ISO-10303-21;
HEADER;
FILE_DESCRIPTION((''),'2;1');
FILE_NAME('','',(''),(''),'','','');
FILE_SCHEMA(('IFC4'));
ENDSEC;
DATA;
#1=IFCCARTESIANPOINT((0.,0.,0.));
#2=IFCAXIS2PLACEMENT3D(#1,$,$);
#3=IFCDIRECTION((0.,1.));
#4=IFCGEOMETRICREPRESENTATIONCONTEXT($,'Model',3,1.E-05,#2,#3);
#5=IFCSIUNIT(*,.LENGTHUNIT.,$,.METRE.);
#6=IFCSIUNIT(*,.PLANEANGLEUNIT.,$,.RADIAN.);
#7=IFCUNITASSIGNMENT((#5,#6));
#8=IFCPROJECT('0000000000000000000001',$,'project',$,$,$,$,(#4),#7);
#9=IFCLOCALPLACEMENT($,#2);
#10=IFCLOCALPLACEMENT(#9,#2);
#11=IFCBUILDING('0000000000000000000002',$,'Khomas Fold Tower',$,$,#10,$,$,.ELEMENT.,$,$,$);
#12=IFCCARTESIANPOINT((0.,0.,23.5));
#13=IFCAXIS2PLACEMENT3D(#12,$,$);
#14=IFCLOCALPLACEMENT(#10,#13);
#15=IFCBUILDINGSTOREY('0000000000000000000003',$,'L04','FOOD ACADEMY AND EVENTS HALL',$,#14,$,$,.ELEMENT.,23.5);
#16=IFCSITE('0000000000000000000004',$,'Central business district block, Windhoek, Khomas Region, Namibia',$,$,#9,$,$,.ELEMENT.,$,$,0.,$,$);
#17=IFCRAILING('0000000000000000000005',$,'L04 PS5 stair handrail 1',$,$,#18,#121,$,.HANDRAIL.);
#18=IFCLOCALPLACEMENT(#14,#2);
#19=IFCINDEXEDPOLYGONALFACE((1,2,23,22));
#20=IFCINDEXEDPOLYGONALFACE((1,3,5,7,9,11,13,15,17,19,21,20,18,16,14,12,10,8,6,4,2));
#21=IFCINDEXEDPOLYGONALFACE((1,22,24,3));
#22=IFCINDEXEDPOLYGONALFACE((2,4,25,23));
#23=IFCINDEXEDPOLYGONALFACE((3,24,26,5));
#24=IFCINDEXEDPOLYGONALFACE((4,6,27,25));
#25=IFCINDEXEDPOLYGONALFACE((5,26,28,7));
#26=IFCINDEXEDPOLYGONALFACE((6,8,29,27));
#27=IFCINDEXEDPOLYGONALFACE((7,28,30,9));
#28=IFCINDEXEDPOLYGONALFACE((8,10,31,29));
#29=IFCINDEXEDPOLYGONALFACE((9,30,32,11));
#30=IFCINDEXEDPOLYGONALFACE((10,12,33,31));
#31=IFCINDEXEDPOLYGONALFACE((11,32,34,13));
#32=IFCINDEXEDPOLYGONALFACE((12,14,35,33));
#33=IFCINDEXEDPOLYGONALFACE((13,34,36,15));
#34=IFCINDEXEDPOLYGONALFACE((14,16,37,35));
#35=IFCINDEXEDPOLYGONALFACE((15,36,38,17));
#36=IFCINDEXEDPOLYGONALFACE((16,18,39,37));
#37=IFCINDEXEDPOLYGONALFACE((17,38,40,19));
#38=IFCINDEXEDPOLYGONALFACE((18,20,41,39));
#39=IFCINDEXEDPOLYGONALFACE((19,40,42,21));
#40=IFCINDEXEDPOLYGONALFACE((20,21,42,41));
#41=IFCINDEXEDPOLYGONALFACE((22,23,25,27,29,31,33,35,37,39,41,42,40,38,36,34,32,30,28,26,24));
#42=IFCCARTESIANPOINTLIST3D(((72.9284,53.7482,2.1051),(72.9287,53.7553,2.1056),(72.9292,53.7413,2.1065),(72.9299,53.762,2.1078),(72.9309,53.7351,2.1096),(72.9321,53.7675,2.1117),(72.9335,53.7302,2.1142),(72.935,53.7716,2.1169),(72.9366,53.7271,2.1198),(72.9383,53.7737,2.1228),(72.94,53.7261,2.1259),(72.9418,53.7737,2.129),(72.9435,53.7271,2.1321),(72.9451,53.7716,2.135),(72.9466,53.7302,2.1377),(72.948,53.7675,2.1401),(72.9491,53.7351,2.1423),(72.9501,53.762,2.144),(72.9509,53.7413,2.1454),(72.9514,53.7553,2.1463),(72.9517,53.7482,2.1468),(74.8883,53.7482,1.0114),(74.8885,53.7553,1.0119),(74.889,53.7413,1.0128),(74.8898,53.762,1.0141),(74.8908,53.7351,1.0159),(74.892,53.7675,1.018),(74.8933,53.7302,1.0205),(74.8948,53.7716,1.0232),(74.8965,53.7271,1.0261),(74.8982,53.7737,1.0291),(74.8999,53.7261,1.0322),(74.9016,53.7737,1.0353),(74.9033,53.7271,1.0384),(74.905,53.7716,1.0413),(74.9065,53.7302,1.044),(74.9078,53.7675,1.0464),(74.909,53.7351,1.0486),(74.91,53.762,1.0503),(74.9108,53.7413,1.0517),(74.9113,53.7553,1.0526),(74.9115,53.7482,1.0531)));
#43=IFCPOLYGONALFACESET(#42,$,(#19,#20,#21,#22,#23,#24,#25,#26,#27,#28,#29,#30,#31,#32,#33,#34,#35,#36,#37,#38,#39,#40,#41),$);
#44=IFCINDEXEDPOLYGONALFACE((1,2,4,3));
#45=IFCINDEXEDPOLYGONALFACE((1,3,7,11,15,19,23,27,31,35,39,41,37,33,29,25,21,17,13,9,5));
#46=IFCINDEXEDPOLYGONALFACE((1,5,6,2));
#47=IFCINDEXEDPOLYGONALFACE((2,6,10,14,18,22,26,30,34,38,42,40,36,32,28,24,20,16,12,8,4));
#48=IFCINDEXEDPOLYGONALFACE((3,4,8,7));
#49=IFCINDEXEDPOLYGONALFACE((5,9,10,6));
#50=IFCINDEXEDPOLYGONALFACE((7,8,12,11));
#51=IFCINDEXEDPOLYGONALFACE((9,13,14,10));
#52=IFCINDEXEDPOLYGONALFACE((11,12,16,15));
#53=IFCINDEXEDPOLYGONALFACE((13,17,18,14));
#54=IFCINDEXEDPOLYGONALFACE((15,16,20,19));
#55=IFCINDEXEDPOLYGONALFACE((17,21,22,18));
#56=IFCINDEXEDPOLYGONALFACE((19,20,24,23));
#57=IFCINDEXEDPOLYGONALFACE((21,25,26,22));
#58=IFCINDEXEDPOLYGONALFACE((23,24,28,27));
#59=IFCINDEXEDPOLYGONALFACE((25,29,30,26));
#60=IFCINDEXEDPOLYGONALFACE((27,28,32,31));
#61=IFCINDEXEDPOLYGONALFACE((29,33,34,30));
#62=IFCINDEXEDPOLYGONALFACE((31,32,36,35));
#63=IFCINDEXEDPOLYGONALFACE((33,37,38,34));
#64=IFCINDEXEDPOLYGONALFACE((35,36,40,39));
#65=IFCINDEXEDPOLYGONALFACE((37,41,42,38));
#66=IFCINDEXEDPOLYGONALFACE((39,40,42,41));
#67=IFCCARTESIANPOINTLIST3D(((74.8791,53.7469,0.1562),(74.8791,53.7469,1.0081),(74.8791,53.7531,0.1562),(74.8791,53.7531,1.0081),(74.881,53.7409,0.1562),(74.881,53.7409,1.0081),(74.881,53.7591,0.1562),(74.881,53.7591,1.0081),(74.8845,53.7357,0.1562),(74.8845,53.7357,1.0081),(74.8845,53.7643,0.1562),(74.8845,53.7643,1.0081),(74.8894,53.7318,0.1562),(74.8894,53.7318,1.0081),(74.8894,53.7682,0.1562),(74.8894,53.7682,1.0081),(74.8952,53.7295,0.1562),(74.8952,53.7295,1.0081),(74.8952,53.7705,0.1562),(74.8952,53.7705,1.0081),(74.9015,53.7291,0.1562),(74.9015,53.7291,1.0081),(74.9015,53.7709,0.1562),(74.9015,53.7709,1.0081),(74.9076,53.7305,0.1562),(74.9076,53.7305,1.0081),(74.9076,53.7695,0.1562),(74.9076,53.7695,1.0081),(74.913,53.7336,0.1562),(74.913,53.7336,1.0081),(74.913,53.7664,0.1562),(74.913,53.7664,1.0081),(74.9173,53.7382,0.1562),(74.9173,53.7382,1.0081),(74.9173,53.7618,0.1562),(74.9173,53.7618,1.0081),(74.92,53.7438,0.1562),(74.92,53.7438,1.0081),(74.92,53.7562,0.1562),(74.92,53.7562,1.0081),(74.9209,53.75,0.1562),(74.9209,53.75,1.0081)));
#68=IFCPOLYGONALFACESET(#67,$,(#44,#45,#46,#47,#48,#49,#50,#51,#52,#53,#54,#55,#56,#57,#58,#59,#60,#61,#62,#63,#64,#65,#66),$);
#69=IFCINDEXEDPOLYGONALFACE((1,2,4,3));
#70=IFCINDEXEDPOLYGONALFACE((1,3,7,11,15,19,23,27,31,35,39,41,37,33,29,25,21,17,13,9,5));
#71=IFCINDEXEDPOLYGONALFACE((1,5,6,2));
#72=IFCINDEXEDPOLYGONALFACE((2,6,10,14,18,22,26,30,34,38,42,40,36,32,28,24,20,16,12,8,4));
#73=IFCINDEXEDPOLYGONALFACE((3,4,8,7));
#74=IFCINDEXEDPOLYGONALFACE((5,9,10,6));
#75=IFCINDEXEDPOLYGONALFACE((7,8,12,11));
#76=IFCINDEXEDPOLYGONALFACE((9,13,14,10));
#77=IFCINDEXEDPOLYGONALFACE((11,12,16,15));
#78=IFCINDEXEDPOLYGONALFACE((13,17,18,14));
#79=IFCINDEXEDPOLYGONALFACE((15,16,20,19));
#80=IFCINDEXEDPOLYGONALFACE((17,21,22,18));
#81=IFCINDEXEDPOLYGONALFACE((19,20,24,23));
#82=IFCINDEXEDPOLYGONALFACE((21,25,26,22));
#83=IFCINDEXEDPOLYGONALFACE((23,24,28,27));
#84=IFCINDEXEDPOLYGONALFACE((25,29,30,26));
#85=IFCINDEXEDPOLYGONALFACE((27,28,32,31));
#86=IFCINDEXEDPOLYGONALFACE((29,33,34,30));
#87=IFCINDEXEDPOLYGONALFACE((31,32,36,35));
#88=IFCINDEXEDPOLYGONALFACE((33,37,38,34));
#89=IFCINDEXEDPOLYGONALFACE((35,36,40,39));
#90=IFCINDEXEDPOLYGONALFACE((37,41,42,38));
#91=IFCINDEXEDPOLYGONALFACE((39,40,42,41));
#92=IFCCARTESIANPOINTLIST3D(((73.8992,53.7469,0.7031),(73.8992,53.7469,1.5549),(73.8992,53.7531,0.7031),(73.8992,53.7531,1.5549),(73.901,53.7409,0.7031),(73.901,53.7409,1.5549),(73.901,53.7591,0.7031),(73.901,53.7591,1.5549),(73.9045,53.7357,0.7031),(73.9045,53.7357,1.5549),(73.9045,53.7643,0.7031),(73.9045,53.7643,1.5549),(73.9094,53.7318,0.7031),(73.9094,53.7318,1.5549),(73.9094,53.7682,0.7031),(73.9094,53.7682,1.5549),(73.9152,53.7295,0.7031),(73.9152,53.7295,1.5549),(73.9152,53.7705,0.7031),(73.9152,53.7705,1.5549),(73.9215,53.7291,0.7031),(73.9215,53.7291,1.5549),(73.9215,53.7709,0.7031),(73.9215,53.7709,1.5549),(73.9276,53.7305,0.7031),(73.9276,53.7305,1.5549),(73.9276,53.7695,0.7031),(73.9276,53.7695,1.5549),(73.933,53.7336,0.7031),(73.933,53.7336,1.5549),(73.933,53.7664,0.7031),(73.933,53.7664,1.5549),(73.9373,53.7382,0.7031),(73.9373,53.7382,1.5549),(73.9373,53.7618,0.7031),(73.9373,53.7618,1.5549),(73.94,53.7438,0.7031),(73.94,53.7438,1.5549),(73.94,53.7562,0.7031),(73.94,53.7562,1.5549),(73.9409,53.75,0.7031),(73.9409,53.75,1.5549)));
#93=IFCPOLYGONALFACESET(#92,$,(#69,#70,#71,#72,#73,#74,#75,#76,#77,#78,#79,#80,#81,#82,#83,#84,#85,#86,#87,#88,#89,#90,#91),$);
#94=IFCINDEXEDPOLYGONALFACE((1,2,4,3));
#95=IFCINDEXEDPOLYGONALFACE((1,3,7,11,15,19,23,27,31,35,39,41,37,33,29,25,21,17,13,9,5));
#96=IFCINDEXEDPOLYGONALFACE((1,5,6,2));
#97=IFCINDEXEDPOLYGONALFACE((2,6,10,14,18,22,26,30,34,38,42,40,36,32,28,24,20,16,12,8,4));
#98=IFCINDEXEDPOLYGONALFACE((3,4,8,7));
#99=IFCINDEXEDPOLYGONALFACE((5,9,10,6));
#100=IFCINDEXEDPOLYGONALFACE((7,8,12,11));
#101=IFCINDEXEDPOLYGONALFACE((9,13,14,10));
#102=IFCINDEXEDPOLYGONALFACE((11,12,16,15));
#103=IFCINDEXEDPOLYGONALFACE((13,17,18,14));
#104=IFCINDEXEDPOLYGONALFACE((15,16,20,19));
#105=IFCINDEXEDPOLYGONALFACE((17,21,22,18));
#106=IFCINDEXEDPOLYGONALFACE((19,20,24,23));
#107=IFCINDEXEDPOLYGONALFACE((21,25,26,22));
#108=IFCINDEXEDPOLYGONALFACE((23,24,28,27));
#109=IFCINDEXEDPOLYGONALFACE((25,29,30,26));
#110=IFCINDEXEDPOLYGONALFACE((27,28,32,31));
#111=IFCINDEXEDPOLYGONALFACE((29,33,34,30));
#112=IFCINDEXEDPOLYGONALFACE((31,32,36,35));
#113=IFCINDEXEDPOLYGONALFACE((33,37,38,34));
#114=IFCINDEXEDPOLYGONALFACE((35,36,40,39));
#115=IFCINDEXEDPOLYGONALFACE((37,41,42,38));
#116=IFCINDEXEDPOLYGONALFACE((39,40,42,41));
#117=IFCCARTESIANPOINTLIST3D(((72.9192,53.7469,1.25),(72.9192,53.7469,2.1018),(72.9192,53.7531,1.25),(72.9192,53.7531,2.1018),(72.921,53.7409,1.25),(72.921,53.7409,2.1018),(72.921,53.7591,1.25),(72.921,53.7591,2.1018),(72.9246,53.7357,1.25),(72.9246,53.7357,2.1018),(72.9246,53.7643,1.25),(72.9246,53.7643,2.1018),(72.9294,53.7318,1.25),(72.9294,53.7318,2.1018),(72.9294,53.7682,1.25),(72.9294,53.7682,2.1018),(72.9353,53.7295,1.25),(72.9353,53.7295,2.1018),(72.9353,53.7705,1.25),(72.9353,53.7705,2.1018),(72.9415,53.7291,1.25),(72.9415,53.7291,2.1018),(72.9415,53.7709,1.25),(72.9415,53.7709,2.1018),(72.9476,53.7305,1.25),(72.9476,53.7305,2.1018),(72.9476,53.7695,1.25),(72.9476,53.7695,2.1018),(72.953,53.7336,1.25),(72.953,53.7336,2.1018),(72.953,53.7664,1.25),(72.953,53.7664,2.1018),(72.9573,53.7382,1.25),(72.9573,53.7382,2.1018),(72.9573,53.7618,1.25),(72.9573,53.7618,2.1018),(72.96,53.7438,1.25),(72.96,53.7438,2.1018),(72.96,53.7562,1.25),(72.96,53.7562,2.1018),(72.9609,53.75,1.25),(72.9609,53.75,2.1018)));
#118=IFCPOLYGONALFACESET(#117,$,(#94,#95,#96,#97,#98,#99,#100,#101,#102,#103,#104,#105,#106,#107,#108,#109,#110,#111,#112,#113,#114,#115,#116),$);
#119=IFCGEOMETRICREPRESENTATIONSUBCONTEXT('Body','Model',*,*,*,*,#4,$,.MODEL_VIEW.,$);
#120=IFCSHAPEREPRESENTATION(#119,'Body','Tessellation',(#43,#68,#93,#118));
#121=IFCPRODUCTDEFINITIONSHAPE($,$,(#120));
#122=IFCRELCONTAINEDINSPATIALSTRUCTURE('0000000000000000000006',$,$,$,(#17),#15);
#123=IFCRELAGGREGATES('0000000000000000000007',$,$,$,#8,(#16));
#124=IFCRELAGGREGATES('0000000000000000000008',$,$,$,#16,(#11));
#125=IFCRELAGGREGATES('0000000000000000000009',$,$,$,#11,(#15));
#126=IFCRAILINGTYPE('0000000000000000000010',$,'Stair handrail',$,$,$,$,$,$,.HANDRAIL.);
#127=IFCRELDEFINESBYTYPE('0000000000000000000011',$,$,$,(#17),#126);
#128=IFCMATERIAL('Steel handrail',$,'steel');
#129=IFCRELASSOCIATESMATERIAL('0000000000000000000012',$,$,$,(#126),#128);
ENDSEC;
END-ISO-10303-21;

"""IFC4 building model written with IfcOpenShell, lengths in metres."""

from ifc_helpers import new_model, si_unit, direction, frame, origin, origin_2d, place, context, subcontext, project, spatial, circle, extrude, source, transform, mapped, material, type_object, element, save


model = new_model("IFC4")

# Units and contexts
model_context = context("Model", 3, precision=1e-05, world=origin(), true_north=direction((0.0, 1.0)))
body_context = subcontext(model_context, "Body", "Model", "MODEL_VIEW")
ifc_project = project(units=[si_unit("LENGTHUNIT", "METRE"), si_unit("PLANEANGLEUNIT", "RADIAN")], contexts=[model_context])

# Site, building, storey
site_placement = place(None, origin())
site = spatial("IfcSite", under=ifc_project, at=site_placement, Name="Central business district block, Windhoek, Khomas Region, Namibia", CompositionType="ELEMENT", RefElevation=0.0)
building_placement = place(site_placement, origin())
building = spatial("IfcBuilding", under=site, at=building_placement, Name="Khomas Fold Tower", CompositionType="ELEMENT")
storey_placement = place(building_placement, frame((0.0, 0.0, 23.5)))
storey = spatial("IfcBuildingStorey", under=building, at=storey_placement, Name="L04", Description="FOOD ACADEMY AND EVENTS HALL", CompositionType="ELEMENT", Elevation=23.5)

# Railing
ifc_material_1 = material(Name="Steel handrail", Category="steel")
railing_type_1 = type_object("IfcRailingType", Name="Stair handrail", PredefinedType="HANDRAIL", material=ifc_material_1)
shared_shape_1 = source(origin(), body_context, "Body", "SweptSolid", [
    extrude(circle(Radius=0.0239, at=origin_2d()), frame((0.0, 0.0, 0.876), z_axis=(-0.873232, 0.0, 0.487304), x_axis=(0.0, -1.0, 0.0)), (0.0, 0.0, 1.0), 2.2444),
    extrude(circle(Radius=0.021, at=origin_2d()), origin(), (0.0, 0.0, 1.0), 0.8518),
    extrude(circle(Radius=0.021, at=origin_2d()), frame((-0.98, 0.0, 0.5469)), (0.0, 0.0, 1.0), 0.8518),
    extrude(circle(Radius=0.021, at=origin_2d()), frame((-1.96, 0.0, 1.0938)), (0.0, 0.0, 1.0), 0.8518),
])
for number, where, name in (
    (1, (74.8999, 53.75, 0.1562), "L04 PS5 stair handrail 1"),
):
    element("IfcRailing", number, at=place(storey_placement, frame(where)), inside=storey, type_object=railing_type_1, Name=name, PredefinedType="HANDRAIL", context=body_context, shape_type="MappedRepresentation", body=[
        mapped(shared_shape_1, transform((0.0, 0.0, 0.0))),
    ])

save(model, "model.ifc")
